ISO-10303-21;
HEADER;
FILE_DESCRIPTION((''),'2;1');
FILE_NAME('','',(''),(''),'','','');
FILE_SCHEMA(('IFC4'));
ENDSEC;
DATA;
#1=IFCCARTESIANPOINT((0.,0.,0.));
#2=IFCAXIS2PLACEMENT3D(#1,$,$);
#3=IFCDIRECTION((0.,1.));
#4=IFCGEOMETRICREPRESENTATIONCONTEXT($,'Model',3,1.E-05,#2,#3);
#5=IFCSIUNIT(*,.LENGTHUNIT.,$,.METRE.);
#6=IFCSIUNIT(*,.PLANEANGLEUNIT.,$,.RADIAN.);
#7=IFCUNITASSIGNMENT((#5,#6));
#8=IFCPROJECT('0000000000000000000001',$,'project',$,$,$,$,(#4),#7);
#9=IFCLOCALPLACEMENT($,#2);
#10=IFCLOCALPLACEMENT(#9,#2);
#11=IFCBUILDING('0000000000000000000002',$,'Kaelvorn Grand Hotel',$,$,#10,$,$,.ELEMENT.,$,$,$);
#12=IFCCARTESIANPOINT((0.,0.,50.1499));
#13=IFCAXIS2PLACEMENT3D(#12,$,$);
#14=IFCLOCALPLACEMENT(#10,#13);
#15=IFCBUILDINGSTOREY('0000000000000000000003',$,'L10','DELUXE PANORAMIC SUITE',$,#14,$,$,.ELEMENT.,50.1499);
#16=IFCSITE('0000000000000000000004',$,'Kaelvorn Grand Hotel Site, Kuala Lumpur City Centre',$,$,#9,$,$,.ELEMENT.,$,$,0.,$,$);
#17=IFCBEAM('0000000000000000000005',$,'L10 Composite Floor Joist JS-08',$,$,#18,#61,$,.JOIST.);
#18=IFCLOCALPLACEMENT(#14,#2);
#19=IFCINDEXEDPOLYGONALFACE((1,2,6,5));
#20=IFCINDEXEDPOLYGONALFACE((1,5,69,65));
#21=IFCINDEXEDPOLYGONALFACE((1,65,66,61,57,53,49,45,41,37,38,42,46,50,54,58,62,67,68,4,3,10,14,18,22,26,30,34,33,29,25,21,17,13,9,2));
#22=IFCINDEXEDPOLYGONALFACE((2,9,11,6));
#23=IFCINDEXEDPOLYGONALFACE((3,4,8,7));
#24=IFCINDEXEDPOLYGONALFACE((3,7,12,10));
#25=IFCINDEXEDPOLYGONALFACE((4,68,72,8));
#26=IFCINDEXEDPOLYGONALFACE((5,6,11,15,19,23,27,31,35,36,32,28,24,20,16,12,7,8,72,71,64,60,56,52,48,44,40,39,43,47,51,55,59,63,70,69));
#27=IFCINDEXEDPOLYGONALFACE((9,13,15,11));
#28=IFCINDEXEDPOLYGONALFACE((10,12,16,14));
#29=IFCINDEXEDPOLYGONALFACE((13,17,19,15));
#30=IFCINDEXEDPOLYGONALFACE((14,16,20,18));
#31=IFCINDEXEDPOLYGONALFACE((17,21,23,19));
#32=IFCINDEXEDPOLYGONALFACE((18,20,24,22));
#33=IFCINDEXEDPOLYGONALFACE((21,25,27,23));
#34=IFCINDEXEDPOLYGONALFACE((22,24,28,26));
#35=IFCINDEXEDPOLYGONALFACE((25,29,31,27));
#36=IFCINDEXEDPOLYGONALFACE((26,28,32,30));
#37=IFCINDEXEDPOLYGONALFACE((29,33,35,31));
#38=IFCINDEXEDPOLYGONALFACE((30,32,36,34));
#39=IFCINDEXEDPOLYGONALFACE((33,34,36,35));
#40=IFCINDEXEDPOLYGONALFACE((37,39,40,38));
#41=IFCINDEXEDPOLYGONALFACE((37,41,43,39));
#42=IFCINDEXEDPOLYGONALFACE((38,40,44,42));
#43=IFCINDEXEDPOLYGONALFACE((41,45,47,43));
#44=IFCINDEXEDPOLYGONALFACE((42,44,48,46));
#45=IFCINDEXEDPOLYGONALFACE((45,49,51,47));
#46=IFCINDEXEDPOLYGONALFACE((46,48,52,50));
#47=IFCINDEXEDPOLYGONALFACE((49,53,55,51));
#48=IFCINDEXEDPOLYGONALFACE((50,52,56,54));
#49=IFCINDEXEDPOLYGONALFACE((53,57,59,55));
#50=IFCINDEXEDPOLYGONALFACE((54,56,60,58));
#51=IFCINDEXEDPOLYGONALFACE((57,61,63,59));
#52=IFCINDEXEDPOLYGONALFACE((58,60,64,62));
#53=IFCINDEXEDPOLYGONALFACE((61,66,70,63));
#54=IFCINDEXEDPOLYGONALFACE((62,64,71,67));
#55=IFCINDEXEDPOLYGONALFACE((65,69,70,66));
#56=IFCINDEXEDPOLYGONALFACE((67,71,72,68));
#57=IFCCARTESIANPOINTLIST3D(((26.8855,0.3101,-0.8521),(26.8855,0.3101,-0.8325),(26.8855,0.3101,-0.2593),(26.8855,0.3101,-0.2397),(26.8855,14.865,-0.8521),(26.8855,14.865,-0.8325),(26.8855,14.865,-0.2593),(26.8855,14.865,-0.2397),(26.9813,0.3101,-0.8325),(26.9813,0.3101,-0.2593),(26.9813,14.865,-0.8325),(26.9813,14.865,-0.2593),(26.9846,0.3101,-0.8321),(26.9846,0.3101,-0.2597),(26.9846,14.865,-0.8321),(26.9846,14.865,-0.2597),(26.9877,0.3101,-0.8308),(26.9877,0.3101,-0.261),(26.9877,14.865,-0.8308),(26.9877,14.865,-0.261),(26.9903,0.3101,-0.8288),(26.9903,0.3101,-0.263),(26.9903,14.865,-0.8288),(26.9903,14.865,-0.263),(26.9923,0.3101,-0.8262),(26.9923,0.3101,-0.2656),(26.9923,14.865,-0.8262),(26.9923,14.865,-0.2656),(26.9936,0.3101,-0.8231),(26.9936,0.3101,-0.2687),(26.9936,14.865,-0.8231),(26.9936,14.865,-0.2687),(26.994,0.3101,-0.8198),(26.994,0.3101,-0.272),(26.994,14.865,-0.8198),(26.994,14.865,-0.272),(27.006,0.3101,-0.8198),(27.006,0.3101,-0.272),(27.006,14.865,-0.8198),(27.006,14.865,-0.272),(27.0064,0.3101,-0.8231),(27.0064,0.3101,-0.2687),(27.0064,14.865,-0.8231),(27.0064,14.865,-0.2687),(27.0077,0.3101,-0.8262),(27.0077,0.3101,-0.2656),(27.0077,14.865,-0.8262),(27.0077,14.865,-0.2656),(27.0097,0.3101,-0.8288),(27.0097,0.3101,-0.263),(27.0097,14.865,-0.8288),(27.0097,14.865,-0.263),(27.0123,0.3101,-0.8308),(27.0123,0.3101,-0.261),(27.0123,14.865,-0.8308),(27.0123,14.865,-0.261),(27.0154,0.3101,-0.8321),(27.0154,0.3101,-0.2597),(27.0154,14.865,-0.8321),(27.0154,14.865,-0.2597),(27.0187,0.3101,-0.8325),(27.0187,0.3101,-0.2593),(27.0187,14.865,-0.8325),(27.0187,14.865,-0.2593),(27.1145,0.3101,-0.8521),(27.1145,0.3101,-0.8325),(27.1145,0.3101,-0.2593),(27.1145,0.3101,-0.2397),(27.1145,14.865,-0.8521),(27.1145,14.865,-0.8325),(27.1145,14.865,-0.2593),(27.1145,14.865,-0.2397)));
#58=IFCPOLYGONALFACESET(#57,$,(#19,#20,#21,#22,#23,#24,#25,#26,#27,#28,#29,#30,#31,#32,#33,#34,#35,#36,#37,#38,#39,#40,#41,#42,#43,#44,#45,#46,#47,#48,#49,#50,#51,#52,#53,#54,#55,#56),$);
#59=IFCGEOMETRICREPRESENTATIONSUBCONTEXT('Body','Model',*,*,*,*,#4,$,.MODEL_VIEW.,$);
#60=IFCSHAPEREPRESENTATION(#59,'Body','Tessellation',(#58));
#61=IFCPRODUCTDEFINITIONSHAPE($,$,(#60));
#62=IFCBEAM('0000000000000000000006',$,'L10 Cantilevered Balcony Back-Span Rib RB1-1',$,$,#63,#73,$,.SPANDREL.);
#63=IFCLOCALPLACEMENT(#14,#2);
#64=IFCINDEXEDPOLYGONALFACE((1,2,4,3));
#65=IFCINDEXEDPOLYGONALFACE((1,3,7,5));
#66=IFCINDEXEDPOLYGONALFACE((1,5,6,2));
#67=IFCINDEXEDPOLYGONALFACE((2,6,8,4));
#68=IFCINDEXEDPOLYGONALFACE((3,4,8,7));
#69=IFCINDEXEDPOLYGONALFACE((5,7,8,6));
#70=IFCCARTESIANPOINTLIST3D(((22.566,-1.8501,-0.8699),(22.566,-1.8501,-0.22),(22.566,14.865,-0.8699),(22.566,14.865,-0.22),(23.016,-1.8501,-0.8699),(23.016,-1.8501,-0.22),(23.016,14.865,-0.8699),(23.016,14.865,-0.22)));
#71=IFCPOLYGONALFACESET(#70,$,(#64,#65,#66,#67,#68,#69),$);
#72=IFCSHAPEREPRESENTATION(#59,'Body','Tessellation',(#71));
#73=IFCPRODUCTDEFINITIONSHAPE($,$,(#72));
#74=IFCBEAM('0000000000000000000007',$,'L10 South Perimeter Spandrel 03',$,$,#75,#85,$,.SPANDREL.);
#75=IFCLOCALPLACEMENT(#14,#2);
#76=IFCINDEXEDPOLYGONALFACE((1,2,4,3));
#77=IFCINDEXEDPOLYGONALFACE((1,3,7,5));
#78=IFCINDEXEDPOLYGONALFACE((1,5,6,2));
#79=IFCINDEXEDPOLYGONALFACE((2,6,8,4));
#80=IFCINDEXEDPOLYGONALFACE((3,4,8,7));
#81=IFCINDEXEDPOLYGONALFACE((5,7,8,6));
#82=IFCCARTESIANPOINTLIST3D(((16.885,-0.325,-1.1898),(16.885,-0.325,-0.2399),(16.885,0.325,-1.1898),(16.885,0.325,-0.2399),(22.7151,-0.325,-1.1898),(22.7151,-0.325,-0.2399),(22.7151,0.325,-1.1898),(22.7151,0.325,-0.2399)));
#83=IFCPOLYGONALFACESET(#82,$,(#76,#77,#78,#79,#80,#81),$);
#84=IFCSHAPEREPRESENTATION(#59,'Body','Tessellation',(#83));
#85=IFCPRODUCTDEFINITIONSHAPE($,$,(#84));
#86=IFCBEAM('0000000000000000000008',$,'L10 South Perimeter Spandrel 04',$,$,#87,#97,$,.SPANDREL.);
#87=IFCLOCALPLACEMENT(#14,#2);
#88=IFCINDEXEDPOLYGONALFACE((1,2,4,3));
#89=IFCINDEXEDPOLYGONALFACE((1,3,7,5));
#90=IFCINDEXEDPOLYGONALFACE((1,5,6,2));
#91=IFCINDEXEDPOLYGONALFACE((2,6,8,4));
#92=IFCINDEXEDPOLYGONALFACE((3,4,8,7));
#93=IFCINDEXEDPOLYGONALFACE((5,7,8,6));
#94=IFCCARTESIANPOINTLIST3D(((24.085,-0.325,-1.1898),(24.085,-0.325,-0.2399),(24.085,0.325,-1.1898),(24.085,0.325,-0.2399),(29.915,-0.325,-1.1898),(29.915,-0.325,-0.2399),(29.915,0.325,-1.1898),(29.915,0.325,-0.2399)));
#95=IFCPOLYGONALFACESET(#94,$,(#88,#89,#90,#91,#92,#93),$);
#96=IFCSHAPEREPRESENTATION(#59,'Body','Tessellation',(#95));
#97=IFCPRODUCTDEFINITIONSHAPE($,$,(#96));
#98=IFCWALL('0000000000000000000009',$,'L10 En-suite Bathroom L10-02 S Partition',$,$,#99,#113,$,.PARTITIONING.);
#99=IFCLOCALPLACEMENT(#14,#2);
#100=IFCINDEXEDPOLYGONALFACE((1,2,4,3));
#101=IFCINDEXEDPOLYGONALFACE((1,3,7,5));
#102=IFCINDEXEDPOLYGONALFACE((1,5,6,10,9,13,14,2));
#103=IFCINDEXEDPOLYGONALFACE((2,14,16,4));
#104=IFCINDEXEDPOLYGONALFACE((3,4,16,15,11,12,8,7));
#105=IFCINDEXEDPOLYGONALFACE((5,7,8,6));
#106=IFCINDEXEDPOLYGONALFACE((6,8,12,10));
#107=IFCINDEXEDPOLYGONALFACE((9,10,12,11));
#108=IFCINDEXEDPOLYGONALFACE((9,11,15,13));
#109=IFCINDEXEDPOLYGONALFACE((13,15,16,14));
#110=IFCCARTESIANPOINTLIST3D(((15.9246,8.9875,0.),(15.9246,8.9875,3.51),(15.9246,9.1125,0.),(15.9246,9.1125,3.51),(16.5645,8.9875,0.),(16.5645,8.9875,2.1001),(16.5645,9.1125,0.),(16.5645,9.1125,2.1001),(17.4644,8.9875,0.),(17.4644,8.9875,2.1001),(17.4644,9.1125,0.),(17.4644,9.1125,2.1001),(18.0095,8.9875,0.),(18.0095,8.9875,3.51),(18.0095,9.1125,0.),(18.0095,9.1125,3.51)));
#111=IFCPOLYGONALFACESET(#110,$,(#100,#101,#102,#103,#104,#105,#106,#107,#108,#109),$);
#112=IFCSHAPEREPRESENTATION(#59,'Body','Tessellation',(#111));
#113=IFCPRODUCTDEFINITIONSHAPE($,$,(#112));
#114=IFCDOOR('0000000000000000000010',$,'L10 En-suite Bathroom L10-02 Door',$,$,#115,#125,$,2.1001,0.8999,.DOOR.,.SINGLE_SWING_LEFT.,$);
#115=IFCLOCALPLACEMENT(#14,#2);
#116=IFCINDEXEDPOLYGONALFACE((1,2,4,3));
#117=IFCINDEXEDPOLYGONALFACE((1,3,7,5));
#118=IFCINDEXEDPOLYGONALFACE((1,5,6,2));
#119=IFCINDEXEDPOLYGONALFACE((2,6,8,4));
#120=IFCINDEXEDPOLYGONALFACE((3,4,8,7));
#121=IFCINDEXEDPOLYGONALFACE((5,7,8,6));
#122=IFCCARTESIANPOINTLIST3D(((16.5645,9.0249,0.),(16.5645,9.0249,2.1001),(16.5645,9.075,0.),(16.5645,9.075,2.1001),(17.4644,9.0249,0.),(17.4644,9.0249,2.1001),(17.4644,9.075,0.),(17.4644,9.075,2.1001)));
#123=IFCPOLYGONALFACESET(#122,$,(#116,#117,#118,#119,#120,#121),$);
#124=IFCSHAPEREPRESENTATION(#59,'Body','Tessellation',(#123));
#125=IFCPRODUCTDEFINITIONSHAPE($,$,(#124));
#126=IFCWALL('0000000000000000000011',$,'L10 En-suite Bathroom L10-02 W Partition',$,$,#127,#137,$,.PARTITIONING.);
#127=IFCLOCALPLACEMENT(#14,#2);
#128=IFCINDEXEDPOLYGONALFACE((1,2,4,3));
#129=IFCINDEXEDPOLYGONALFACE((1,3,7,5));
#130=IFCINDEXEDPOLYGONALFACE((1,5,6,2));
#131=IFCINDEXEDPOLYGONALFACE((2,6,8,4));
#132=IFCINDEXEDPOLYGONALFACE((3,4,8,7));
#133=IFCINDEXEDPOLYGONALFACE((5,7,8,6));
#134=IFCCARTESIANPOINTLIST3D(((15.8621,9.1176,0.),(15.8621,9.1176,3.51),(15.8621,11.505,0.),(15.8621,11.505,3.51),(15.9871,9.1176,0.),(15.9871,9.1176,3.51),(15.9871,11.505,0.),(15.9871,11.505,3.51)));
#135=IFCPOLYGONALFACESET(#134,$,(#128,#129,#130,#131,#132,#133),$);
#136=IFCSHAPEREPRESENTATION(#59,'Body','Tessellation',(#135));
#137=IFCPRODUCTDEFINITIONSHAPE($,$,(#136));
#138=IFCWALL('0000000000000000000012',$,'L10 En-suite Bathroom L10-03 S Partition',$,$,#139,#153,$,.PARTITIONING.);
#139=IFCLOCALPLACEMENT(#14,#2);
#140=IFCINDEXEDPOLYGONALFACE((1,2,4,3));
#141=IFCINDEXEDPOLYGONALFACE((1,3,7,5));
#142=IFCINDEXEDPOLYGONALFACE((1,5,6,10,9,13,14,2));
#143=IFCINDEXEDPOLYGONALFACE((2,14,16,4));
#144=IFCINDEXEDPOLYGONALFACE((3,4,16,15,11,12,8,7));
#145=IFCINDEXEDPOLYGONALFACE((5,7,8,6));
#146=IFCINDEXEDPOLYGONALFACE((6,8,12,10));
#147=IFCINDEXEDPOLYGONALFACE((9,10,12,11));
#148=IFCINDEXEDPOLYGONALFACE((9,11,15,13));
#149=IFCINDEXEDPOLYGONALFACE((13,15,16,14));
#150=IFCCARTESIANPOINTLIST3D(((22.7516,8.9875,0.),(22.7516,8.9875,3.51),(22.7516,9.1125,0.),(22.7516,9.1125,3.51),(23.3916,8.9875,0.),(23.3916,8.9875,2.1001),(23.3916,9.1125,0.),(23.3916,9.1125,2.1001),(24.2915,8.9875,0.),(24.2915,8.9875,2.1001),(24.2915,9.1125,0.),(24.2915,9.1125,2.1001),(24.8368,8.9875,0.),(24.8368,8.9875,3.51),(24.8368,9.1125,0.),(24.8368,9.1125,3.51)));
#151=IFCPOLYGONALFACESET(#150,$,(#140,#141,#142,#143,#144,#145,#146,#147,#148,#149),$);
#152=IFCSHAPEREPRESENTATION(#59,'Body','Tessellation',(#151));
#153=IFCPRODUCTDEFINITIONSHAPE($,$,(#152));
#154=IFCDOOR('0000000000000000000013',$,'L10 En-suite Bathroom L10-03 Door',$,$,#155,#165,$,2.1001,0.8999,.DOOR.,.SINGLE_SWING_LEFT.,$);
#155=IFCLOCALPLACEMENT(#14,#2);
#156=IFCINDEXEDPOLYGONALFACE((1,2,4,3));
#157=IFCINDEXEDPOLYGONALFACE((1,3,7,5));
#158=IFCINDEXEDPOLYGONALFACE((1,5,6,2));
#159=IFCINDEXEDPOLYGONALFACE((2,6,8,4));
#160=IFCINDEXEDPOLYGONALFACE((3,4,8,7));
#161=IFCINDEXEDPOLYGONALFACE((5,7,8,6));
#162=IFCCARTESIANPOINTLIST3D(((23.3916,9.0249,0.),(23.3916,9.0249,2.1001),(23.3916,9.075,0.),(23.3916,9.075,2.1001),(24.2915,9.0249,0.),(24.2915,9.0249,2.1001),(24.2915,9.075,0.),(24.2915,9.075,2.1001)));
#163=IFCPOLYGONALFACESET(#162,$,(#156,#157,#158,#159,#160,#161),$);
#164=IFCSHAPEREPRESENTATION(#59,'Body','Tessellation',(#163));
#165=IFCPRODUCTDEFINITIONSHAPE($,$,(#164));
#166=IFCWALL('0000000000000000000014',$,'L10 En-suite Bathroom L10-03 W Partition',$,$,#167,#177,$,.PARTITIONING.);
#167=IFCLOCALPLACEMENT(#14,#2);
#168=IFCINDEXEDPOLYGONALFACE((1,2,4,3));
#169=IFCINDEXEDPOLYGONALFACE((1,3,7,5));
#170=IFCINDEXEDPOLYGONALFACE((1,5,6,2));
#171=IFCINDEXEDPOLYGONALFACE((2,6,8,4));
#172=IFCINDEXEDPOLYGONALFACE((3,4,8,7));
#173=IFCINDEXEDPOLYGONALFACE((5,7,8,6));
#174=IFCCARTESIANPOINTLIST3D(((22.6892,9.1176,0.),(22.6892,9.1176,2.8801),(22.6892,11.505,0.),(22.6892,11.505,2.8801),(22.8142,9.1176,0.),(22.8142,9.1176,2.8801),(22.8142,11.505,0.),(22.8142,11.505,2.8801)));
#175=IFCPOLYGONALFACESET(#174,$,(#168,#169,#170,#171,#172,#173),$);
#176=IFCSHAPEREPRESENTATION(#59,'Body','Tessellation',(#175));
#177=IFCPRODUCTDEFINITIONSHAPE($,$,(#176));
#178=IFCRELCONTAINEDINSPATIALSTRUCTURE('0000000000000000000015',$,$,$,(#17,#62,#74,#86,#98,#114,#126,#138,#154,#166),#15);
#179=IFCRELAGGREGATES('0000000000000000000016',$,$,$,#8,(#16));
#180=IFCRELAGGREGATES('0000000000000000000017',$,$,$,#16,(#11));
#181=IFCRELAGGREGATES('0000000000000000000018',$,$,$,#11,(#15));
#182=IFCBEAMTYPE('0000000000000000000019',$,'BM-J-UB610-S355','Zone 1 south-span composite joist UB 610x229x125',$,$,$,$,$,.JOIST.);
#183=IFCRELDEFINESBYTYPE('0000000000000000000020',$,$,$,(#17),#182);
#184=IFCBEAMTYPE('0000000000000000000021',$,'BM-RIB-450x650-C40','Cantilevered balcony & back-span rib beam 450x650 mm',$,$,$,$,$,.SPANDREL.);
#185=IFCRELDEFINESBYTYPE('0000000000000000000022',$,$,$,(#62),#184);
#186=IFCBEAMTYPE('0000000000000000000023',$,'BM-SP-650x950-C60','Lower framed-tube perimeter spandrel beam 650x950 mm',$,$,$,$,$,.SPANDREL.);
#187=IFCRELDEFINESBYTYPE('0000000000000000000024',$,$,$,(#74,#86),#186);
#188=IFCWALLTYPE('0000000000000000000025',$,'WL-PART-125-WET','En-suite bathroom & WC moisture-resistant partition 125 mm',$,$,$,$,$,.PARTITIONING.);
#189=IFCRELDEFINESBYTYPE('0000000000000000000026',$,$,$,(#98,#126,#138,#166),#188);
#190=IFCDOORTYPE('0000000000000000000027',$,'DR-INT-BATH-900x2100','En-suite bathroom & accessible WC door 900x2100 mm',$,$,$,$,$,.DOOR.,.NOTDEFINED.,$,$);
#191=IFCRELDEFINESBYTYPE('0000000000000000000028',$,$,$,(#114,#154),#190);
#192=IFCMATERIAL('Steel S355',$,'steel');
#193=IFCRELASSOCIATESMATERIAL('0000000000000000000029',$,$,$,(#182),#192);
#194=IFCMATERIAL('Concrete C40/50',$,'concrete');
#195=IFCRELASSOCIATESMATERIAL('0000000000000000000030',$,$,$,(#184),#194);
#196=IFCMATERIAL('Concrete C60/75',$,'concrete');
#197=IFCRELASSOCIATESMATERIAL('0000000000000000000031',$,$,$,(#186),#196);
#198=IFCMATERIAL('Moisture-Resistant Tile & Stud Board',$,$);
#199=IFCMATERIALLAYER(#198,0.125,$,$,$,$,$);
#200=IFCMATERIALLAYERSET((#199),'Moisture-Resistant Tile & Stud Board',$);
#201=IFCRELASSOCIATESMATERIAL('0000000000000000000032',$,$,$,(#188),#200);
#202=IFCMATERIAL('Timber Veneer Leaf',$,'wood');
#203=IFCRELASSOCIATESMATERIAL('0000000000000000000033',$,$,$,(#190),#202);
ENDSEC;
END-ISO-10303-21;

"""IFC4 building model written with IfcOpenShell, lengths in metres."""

from ifc_helpers import new_model, si_unit, direction, frame, frame_2d, origin, origin_2d, place, context, subcontext, project, spatial, rectangle, i_section, extrude, material, layer, layer_set, material_profile, profile_set, type_object, element, fill, save


model = new_model("IFC4")

# Units and contexts
model_context = context("Model", 3, precision=1e-05, world=origin(), true_north=direction((0.0, 1.0)))
body_context = subcontext(model_context, "Body", "Model", "MODEL_VIEW")
ifc_project = project(units=[si_unit("LENGTHUNIT", "METRE"), si_unit("PLANEANGLEUNIT", "RADIAN")], contexts=[model_context])

# Site, building, storey
site_placement = place(None, origin())
site = spatial("IfcSite", under=ifc_project, at=site_placement, Name="Kaelvorn Grand Hotel Site, Kuala Lumpur City Centre", CompositionType="ELEMENT", RefElevation=0.0)
building_placement = place(site_placement, origin())
building = spatial("IfcBuilding", under=site, at=building_placement, Name="Kaelvorn Grand Hotel", CompositionType="ELEMENT")
storey_placement = place(building_placement, frame((0.0, 0.0, 50.1499)))
storey = spatial("IfcBuildingStorey", under=building, at=storey_placement, Name="L10", Description="DELUXE PANORAMIC SUITE", CompositionType="ELEMENT", Elevation=50.1499)

# Beams
ifc_material_1 = material(Name="Steel S355", Category="steel")
ifc_material_profile_1 = material_profile(ifc_material_1, i_section(OverallWidth=0.229, OverallDepth=0.6123, WebThickness=0.012, FlangeThickness=0.0195, FilletRadius=0.0127, at=origin_2d()), Name="UB 610x229x125")
ifc_profile_set_1 = profile_set([ifc_material_profile_1], Name="Steel S355")
beam_type_1 = type_object("IfcBeamType", Name="BM-J-UB610-S355", Description="Zone 1 south-span composite joist UB 610x229x125", PredefinedType="JOIST", material=ifc_profile_set_1)
for number, where, z_axis, x_axis, name in (
    (1, (27.0, 0.3101, -0.5459), (0.0, 1.0, 0.0), (-1.0, 0.0, 0.0), "L10 Composite Floor Joist JS-08"),
):
    element("IfcBeam", number, at=place(storey_placement, frame(where, z_axis=z_axis, x_axis=x_axis)), inside=storey, type_object=beam_type_1, Name=name, PredefinedType="JOIST", context=body_context, shape_type="SweptSolid", body=[
        extrude(i_section(OverallWidth=0.229, OverallDepth=0.6123, WebThickness=0.012, FlangeThickness=0.0195, FilletRadius=0.0127, at=origin_2d()), origin(), (0.0, 0.0, 1.0), 14.5549),
    ])
ifc_material_2 = material(Name="Concrete C40/50", Category="concrete")
ifc_material_profile_2 = material_profile(ifc_material_2, rectangle(XDim=0.45, YDim=0.6499, at=origin_2d()), Name="RC RIB 450x650")
ifc_profile_set_2 = profile_set([ifc_material_profile_2], Name="Concrete C40/50")
beam_type_2 = type_object("IfcBeamType", Name="BM-RIB-450x650-C40", Description="Cantilevered balcony & back-span rib beam 450x650 mm", PredefinedType="SPANDREL", material=ifc_profile_set_2)
beam_1_placement = place(storey_placement, frame((22.791, -1.8501, -0.5449), z_axis=(0.0, 1.0, 0.0), x_axis=(-1.0, 0.0, 0.0)))
element("IfcBeam", 2, at=beam_1_placement, inside=storey, type_object=beam_type_2, Name="L10 Cantilevered Balcony Back-Span Rib RB1-1", PredefinedType="SPANDREL", context=body_context, shape_type="SweptSolid", body=[
    extrude(rectangle(XDim=0.45, YDim=0.6499, at=origin_2d()), origin(), (0.0, 0.0, 1.0), 16.7151),
])
ifc_material_3 = material(Name="Concrete C60/75", Category="concrete")
ifc_material_profile_3 = material_profile(ifc_material_3, rectangle(XDim=0.6499, YDim=0.95, at=origin_2d()), Name="RC SPANDREL 650x950")
ifc_profile_set_3 = profile_set([ifc_material_profile_3], Name="Concrete C60/75")
beam_type_3 = type_object("IfcBeamType", Name="BM-SP-650x950-C60", Description="Lower framed-tube perimeter spandrel beam 650x950 mm", PredefinedType="SPANDREL", material=ifc_profile_set_3)
for number, where, z_axis, x_axis, name in (
    (3, (16.885, 0.0, -0.7148), (1.0, 0.0, 0.0), (0.0, 1.0, 0.0), "L10 South Perimeter Spandrel 03"),
    (4, (24.085, 0.0, -0.7148), (1.0, 0.0, 0.0), (0.0, 1.0, 0.0), "L10 South Perimeter Spandrel 04"),
):
    element("IfcBeam", number, at=place(storey_placement, frame(where, z_axis=z_axis, x_axis=x_axis)), inside=storey, type_object=beam_type_3, Name=name, PredefinedType="SPANDREL", context=body_context, shape_type="SweptSolid", body=[
        extrude(rectangle(XDim=0.6499, YDim=0.95, at=origin_2d()), origin(), (0.0, 0.0, 1.0), 5.8301),
    ])

# Wall, opening, door
ifc_material_4 = material(Name="Moisture-Resistant Tile & Stud Board")
ifc_layer_1 = layer(ifc_material_4, 0.125)
ifc_layer_set_1 = layer_set([ifc_layer_1], Name="Moisture-Resistant Tile & Stud Board")
wall_type_1 = type_object("IfcWallType", Name="WL-PART-125-WET", Description="En-suite bathroom & WC moisture-resistant partition 125 mm", PredefinedType="PARTITIONING", material=ifc_layer_set_1)
wall_1_placement = place(storey_placement, frame((15.9246, 9.05, 0.0), z_axis=(0.0, 0.0, 1.0), x_axis=(1.0, 0.0, 0.0)))
wall_1 = element("IfcWall", 5, at=wall_1_placement, inside=storey, type_object=wall_type_1, Name="L10 En-suite Bathroom L10-02 S Partition", PredefinedType="PARTITIONING", context=body_context, shape_type="SweptSolid", body=[
    extrude(rectangle(XDim=2.085, YDim=0.125, at=frame_2d((1.0425, 0.0))), origin(), (0.0, 0.0, 1.0), 3.51),
])
opening_1_placement = place(wall_1_placement, frame((0.6399, 0.0, 0.0)))
opening_1 = element("IfcOpeningElement", 6, at=opening_1_placement, cuts=wall_1, PredefinedType="OPENING", context=body_context, shape_type="SweptSolid", body=[
    extrude(rectangle(XDim=0.8999, YDim=2.1001, at=frame_2d((0.45, 1.05))), frame((0.0, 0.0725, 0.0), z_axis=(0.0, -1.0, 0.0), x_axis=(1.0, 0.0, 0.0)), (0.0, 0.0, 1.0), 0.145),
])
ifc_material_5 = material(Name="Timber Veneer Leaf", Category="wood")
door_type_1 = type_object("IfcDoorType", Name="DR-INT-BATH-900x2100", Description="En-suite bathroom & accessible WC door 900x2100 mm", OperationType="NOTDEFINED", PredefinedType="DOOR", material=ifc_material_5)
door_1_placement = place(opening_1_placement, origin())
door_1 = element("IfcDoor", 7, at=door_1_placement, inside=storey, type_object=door_type_1, Name="L10 En-suite Bathroom L10-02 Door", OperationType="SINGLE_SWING_LEFT", OverallHeight=2.1001, OverallWidth=0.8999, PredefinedType="DOOR", context=body_context, shape_type="SweptSolid", body=[
    extrude(rectangle(XDim=0.8999, YDim=2.1001, at=frame_2d((0.45, 1.05))), frame((0.0, 0.0249, 0.0), z_axis=(0.0, -1.0, 0.0), x_axis=(1.0, 0.0, 0.0)), (0.0, 0.0, 1.0), 0.05),
])
fill(opening_1, door_1)

# Wall
wall_2_placement = place(storey_placement, frame((15.9246, 9.1174, 0.0), z_axis=(0.0, 0.0, 1.0), x_axis=(0.0, 1.0, 0.0)))
element("IfcWall", 8, at=wall_2_placement, inside=storey, type_object=wall_type_1, Name="L10 En-suite Bathroom L10-02 W Partition", PredefinedType="PARTITIONING", context=body_context, shape_type="SweptSolid", body=[
    extrude(rectangle(XDim=2.3875, YDim=0.125, at=frame_2d((1.1938, 0.0))), origin(), (0.0, 0.0, 1.0), 3.51),
])

# Wall, opening, door
wall_3_placement = place(storey_placement, frame((22.7517, 9.05, 0.0), z_axis=(0.0, 0.0, 1.0), x_axis=(1.0, 0.0, 0.0)))
wall_3 = element("IfcWall", 9, at=wall_3_placement, inside=storey, type_object=wall_type_1, Name="L10 En-suite Bathroom L10-03 S Partition", PredefinedType="PARTITIONING", context=body_context, shape_type="SweptSolid", body=[
    extrude(rectangle(XDim=2.0852, YDim=0.125, at=frame_2d((1.0425, 0.0))), origin(), (0.0, 0.0, 1.0), 3.51),
])
opening_2_placement = place(wall_3_placement, frame((0.6399, 0.0, 0.0)))
opening_2 = element("IfcOpeningElement", 10, at=opening_2_placement, cuts=wall_3, PredefinedType="OPENING", context=body_context, shape_type="SweptSolid", body=[
    extrude(rectangle(XDim=0.8999, YDim=2.1001, at=frame_2d((0.45, 1.05))), frame((0.0, 0.0725, 0.0), z_axis=(0.0, -1.0, 0.0), x_axis=(1.0, 0.0, 0.0)), (0.0, 0.0, 1.0), 0.145),
])
door_2_placement = place(opening_2_placement, origin())
door_2 = element("IfcDoor", 11, at=door_2_placement, inside=storey, type_object=door_type_1, Name="L10 En-suite Bathroom L10-03 Door", OperationType="SINGLE_SWING_LEFT", OverallHeight=2.1001, OverallWidth=0.8999, PredefinedType="DOOR", context=body_context, shape_type="SweptSolid", body=[
    extrude(rectangle(XDim=0.8999, YDim=2.1001, at=frame_2d((0.45, 1.05))), frame((0.0, 0.0249, 0.0), z_axis=(0.0, -1.0, 0.0), x_axis=(1.0, 0.0, 0.0)), (0.0, 0.0, 1.0), 0.05),
])
fill(opening_2, door_2)

# Wall
wall_4_placement = place(storey_placement, frame((22.7517, 9.1174, 0.0), z_axis=(0.0, 0.0, 1.0), x_axis=(0.0, 1.0, 0.0)))
element("IfcWall", 12, at=wall_4_placement, inside=storey, type_object=wall_type_1, Name="L10 En-suite Bathroom L10-03 W Partition", PredefinedType="PARTITIONING", context=body_context, shape_type="SweptSolid", body=[
    extrude(rectangle(XDim=2.3875, YDim=0.125, at=frame_2d((1.1938, 0.0))), origin(), (0.0, 0.0, 1.0), 2.8801),
])

save(model, "model.ifc")
